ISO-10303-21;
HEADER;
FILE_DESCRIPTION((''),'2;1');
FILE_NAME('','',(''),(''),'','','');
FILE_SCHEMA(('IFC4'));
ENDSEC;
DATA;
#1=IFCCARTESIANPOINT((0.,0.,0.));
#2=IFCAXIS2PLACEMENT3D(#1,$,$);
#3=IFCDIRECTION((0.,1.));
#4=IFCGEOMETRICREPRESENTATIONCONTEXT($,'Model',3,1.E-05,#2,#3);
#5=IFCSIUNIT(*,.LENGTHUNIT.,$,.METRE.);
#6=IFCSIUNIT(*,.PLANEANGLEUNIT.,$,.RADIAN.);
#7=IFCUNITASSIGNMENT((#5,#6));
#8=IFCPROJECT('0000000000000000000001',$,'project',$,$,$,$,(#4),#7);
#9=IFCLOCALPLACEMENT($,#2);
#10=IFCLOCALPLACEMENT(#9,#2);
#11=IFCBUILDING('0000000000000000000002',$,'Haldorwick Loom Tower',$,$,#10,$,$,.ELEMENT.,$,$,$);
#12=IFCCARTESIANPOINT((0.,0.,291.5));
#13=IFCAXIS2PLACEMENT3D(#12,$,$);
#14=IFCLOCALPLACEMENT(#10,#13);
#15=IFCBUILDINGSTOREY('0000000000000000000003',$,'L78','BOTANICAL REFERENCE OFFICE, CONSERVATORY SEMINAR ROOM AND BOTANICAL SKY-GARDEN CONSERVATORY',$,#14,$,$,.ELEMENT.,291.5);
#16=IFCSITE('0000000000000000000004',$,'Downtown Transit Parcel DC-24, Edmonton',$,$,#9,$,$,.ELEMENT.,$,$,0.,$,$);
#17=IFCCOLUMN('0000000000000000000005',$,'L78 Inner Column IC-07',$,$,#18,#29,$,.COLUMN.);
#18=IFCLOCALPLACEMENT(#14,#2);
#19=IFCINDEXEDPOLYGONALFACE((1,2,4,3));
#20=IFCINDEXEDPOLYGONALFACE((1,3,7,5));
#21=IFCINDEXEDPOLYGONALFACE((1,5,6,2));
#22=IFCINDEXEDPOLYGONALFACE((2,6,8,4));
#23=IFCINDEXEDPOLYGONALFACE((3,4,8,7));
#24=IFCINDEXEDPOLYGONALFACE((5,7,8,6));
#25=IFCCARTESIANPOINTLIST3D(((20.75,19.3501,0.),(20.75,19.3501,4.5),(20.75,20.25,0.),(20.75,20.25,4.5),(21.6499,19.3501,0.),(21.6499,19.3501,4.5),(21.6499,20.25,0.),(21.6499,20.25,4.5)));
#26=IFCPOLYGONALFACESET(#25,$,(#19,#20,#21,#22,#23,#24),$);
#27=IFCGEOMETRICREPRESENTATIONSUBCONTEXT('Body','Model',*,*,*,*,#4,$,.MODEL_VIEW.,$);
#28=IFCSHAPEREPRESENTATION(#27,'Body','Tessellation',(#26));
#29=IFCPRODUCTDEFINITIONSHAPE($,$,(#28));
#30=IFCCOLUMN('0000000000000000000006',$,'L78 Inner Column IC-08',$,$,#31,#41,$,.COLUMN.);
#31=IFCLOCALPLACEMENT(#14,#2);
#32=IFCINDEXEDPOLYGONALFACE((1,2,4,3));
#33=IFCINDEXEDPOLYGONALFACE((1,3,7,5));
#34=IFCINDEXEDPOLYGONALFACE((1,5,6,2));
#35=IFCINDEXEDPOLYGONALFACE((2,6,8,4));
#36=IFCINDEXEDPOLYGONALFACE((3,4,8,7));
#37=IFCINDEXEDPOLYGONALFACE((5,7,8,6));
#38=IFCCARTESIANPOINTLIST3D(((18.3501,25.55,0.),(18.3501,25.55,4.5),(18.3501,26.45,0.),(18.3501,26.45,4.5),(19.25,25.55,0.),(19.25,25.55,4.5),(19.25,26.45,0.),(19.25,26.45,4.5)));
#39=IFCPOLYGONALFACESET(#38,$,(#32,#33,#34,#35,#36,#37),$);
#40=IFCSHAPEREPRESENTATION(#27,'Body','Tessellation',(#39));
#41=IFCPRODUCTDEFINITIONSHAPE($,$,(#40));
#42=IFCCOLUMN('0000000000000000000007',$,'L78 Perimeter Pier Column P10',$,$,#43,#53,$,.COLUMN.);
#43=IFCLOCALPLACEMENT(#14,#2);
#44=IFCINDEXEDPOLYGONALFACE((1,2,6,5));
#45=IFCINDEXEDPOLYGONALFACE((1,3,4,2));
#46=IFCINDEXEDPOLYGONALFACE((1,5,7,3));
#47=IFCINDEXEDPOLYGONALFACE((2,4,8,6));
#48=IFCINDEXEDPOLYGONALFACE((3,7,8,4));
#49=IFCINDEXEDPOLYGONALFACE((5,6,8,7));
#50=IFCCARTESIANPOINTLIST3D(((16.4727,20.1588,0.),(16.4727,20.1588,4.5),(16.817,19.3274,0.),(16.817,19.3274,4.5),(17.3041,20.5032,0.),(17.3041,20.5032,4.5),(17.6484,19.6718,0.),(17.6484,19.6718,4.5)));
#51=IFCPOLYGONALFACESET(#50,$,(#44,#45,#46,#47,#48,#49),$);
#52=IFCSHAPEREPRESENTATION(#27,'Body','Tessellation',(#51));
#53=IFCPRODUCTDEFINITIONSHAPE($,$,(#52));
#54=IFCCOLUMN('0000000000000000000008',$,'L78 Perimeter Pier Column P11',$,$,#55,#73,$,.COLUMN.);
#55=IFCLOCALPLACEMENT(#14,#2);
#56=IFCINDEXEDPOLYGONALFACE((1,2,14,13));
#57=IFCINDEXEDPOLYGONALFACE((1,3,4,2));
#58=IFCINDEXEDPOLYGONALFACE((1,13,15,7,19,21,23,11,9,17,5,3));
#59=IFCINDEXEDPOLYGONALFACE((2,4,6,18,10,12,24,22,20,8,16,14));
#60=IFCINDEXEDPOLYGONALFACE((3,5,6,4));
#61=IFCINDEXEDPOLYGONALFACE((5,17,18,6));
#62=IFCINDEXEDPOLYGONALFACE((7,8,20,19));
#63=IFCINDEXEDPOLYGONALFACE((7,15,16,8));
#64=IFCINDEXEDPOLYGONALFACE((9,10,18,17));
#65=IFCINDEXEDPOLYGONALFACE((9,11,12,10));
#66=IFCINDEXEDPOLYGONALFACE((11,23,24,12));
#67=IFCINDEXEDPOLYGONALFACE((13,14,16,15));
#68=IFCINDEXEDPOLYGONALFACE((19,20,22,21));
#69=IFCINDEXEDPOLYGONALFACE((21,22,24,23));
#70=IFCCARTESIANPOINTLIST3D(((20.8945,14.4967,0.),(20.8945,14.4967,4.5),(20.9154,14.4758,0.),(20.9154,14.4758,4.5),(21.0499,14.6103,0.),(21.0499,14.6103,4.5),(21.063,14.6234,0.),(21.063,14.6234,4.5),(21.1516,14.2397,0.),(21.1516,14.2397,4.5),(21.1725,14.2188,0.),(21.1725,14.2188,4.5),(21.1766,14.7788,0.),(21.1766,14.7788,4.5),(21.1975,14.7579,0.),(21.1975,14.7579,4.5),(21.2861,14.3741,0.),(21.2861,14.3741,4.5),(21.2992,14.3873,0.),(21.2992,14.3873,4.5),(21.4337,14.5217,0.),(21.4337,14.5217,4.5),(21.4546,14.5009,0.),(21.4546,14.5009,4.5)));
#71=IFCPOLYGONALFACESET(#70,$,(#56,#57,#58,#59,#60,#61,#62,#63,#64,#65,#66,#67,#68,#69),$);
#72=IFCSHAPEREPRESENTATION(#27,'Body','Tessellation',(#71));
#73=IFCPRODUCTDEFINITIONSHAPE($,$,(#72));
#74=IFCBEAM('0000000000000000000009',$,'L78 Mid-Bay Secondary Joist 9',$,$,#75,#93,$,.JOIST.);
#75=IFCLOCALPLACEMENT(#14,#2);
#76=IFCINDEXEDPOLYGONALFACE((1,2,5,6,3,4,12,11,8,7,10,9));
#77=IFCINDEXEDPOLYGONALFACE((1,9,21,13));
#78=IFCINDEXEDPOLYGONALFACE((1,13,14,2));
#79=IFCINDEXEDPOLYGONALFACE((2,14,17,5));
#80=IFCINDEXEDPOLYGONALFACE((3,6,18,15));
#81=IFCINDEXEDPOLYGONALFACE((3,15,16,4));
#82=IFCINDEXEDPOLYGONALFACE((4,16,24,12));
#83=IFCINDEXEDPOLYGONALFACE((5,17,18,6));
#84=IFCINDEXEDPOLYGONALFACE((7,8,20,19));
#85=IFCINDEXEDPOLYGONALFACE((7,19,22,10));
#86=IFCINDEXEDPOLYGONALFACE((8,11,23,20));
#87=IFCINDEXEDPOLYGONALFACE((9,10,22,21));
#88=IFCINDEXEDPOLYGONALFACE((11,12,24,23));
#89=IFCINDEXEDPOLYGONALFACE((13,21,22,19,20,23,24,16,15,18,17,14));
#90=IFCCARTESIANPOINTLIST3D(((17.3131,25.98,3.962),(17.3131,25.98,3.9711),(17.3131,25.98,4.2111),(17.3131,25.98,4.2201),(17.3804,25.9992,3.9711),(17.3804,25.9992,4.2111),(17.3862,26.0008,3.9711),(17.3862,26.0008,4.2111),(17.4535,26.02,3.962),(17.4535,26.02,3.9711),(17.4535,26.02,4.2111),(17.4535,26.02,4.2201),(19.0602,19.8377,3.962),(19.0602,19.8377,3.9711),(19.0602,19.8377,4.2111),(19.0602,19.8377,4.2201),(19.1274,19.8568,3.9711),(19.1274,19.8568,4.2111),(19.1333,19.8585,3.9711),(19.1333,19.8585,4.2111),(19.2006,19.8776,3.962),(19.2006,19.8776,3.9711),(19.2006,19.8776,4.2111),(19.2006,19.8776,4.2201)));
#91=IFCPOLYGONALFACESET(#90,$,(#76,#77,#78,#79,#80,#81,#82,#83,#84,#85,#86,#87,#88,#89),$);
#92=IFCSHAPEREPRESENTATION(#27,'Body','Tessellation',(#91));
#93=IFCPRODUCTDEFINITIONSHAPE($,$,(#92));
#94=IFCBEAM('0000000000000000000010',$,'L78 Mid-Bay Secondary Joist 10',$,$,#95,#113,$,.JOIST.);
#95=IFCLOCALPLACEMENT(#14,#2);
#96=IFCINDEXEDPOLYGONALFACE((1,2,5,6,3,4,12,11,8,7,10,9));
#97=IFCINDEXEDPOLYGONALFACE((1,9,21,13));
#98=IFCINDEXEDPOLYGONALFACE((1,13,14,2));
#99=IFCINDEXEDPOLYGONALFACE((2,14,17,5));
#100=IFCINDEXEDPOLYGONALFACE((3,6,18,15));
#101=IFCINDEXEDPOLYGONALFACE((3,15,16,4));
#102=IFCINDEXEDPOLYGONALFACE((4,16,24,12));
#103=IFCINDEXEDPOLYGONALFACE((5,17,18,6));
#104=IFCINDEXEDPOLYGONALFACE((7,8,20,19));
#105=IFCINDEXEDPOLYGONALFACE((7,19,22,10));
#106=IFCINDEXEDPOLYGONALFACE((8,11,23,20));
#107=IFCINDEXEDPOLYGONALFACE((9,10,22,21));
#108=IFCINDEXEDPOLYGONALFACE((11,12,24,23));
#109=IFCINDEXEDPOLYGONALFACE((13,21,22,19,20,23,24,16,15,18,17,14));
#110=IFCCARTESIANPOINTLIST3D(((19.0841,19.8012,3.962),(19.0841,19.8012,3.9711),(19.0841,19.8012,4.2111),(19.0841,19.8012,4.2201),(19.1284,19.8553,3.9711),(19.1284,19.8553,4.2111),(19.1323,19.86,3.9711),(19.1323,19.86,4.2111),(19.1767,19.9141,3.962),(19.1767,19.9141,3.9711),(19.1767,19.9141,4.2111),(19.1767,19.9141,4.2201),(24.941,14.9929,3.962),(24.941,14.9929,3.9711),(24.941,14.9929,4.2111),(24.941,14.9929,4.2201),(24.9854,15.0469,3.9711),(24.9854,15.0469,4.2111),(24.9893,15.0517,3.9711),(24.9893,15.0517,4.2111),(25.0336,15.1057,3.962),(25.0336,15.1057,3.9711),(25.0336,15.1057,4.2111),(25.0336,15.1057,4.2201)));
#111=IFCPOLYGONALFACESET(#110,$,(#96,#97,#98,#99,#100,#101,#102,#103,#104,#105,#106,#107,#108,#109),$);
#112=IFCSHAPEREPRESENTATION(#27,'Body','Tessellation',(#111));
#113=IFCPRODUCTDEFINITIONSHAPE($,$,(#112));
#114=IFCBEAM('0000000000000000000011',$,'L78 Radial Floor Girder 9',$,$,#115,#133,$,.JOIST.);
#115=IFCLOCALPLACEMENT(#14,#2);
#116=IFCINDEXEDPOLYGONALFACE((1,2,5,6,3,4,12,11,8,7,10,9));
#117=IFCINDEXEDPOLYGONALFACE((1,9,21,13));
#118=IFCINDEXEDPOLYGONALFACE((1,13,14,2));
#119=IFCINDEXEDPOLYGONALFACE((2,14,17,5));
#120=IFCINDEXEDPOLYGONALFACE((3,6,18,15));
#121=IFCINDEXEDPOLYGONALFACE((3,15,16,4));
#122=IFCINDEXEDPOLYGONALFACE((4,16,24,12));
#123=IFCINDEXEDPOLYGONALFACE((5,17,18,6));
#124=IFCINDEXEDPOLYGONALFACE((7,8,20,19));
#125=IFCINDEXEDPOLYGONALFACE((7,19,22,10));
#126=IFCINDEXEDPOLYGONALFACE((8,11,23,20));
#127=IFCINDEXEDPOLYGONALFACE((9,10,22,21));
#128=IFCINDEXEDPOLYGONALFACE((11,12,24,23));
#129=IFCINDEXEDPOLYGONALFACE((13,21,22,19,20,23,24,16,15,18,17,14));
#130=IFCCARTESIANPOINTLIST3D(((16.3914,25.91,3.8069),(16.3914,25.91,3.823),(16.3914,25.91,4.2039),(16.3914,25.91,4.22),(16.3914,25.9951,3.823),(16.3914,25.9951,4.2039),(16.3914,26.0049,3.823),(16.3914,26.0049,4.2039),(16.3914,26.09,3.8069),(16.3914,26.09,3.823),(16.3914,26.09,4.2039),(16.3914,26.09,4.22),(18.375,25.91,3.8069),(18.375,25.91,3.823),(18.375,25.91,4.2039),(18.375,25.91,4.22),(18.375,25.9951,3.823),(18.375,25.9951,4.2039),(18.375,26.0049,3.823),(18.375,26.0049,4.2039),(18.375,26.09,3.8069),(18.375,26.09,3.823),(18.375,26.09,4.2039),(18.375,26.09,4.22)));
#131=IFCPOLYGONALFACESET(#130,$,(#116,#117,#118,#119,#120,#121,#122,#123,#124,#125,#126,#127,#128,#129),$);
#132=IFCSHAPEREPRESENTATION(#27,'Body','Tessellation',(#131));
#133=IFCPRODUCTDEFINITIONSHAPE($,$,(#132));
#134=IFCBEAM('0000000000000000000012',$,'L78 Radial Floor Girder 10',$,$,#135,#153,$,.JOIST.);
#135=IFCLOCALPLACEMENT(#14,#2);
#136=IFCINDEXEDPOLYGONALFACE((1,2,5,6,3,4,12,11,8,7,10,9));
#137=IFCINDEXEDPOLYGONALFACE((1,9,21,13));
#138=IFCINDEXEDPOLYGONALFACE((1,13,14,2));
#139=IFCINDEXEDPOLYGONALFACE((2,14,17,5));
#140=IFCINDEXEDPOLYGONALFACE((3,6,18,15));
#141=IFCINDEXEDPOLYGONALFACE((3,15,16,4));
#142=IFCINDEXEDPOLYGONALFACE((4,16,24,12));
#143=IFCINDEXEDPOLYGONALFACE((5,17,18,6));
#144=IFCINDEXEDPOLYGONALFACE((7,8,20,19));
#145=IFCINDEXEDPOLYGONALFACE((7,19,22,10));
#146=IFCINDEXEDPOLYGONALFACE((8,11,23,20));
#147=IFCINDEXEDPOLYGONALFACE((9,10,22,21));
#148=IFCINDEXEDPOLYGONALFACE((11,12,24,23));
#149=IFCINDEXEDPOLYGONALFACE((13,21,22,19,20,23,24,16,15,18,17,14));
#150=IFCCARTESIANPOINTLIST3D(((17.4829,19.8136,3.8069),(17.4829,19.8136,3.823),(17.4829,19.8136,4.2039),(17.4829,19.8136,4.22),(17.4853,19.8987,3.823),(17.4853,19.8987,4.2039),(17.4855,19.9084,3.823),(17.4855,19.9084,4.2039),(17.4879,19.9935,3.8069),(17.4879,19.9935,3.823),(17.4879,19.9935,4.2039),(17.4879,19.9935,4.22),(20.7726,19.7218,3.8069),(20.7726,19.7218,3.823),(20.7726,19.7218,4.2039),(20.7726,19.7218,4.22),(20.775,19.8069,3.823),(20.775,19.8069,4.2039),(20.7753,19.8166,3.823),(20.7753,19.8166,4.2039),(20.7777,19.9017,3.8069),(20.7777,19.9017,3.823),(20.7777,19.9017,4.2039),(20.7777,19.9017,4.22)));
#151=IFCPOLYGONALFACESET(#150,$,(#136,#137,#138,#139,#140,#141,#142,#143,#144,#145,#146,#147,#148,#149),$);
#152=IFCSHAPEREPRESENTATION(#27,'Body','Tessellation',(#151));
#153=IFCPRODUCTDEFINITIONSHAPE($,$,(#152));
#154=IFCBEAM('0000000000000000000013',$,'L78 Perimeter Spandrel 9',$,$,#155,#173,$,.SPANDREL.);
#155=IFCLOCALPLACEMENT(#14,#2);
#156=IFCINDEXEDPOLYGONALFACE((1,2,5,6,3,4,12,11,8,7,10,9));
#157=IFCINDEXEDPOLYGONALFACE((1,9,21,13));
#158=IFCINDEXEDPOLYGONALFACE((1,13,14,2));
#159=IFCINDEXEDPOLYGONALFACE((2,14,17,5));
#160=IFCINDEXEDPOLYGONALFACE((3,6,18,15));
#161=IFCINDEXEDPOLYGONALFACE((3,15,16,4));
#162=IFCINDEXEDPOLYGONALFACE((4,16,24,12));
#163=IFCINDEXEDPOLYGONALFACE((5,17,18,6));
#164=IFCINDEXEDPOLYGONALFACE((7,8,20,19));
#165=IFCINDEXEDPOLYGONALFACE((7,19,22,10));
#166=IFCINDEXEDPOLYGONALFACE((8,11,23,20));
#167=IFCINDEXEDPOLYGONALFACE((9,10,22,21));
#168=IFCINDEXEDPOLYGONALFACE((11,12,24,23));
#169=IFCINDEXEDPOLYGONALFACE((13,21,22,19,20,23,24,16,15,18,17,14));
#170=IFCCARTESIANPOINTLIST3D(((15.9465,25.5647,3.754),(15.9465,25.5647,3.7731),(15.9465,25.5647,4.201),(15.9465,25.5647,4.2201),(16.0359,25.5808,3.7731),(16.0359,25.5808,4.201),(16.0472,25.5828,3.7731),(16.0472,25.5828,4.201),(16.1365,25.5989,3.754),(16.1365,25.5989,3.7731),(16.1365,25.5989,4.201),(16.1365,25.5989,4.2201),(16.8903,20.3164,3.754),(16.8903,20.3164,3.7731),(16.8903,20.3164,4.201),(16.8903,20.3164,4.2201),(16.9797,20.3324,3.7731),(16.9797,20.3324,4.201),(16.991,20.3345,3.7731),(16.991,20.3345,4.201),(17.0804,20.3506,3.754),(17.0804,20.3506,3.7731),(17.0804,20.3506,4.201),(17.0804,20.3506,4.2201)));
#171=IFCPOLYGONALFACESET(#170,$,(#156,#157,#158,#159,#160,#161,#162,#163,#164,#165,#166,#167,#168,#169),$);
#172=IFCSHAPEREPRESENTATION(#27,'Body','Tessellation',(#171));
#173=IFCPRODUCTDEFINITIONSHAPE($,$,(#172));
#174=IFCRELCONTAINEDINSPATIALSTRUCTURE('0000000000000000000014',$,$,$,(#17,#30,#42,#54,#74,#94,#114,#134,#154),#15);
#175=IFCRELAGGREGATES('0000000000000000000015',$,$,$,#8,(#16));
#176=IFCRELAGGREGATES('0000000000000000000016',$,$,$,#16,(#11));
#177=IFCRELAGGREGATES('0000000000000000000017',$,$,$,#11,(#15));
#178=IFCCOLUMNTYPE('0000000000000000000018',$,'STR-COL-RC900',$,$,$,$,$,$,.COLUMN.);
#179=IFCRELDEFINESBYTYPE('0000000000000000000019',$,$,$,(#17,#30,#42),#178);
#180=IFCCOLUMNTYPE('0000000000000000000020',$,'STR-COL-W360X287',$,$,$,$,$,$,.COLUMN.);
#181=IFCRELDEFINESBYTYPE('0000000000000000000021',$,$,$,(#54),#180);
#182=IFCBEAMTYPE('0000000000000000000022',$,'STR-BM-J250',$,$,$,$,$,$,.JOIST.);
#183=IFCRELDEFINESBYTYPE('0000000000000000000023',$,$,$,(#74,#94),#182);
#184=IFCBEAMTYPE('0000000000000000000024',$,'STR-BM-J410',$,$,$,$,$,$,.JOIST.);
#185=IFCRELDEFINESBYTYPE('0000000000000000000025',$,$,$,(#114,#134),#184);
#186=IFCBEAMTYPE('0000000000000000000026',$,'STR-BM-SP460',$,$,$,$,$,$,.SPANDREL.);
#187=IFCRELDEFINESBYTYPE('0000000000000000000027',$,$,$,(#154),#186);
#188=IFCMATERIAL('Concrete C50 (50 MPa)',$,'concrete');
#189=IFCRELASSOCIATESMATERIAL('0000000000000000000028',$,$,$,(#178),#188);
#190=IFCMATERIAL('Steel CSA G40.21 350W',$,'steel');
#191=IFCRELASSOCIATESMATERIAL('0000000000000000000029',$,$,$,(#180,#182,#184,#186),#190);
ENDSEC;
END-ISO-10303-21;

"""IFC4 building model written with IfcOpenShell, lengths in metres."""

from ifc_helpers import new_model, si_unit, direction, frame, origin, origin_2d, place, context, subcontext, project, spatial, rectangle, i_section, extrude, material, material_profile, profile_set, type_object, element, save


model = new_model("IFC4")

# Units and contexts
model_context = context("Model", 3, precision=1e-05, world=origin(), true_north=direction((0.0, 1.0)))
body_context = subcontext(model_context, "Body", "Model", "MODEL_VIEW")
ifc_project = project(units=[si_unit("LENGTHUNIT", "METRE"), si_unit("PLANEANGLEUNIT", "RADIAN")], contexts=[model_context])

# Site, building, storey
site_placement = place(None, origin())
site = spatial("IfcSite", under=ifc_project, at=site_placement, Name="Downtown Transit Parcel DC-24, Edmonton", CompositionType="ELEMENT", RefElevation=0.0)
building_placement = place(site_placement, origin())
building = spatial("IfcBuilding", under=site, at=building_placement, Name="Haldorwick Loom Tower", CompositionType="ELEMENT")
storey_placement = place(building_placement, frame((0.0, 0.0, 291.5)))
storey = spatial("IfcBuildingStorey", under=building, at=storey_placement, Name="L78", Description="BOTANICAL REFERENCE OFFICE, CONSERVATORY SEMINAR ROOM AND BOTANICAL SKY-GARDEN CONSERVATORY", CompositionType="ELEMENT", Elevation=291.5)

# Columns
ifc_material_1 = material(Name="Concrete C50 (50 MPa)", Category="concrete")
ifc_material_profile_1 = material_profile(ifc_material_1, rectangle(XDim=0.8999, YDim=0.8999, at=origin_2d()), Name="RC900X900", Category="concrete")
ifc_profile_set_1 = profile_set([ifc_material_profile_1], Name="Concrete C50 (50 MPa)")
column_type_1 = type_object("IfcColumnType", Name="STR-COL-RC900", PredefinedType="COLUMN", material=ifc_profile_set_1)
for number, where, z_axis, x_axis, name in (
    (1, (21.2, 19.8, 0.0), (0.0, 0.0, 1.0), (1.0, 0.0, 0.0), "L78 Inner Column IC-07"),
    (2, (18.8, 26.0, 0.0), (0.0, 0.0, 1.0), (1.0, 0.0, 0.0), "L78 Inner Column IC-08"),
    (3, (17.0605, 19.9153, 0.0), (0.0, 0.0, 1.0), (-0.92388, -0.382683, 0.0), "L78 Perimeter Pier Column P10"),
):
    element("IfcColumn", number, at=place(storey_placement, frame(where, z_axis=z_axis, x_axis=x_axis)), inside=storey, type_object=column_type_1, Name=name, PredefinedType="COLUMN", context=body_context, shape_type="SweptSolid", body=[
        extrude(rectangle(XDim=0.8999, YDim=0.8999, at=origin_2d()), origin(), (0.0, 0.0, 1.0), 4.5),
    ])
ifc_material_2 = material(Name="Steel CSA G40.21 350W", Category="steel")
ifc_material_profile_2 = material_profile(ifc_material_2, i_section(OverallWidth=0.3989, OverallDepth=0.3931, WebThickness=0.0186, FlangeThickness=0.0295, at=origin_2d()), Name="W360X287", Category="steel")
ifc_profile_set_2 = profile_set([ifc_material_profile_2], Name="Steel CSA G40.21 350W")
column_type_2 = type_object("IfcColumnType", Name="STR-COL-W360X287", PredefinedType="COLUMN", material=ifc_profile_set_2)
column_placement = place(storey_placement, frame((21.1746, 14.4988, 0.0), z_axis=(0.0, 0.0, 1.0), x_axis=(-0.707107, -0.707107, 0.0)))
element("IfcColumn", 4, at=column_placement, inside=storey, type_object=column_type_2, Name="L78 Perimeter Pier Column P11", PredefinedType="COLUMN", context=body_context, shape_type="SweptSolid", body=[
    extrude(i_section(OverallWidth=0.3989, OverallDepth=0.3931, WebThickness=0.0186, FlangeThickness=0.0295, at=origin_2d()), origin(), (0.0, 0.0, 1.0), 4.5),
])

# Beams
ifc_material_profile_3 = material_profile(ifc_material_2, i_section(OverallWidth=0.146, OverallDepth=0.2581, WebThickness=0.0061, FlangeThickness=0.009, at=origin_2d()), Name="W250X33", Category="steel")
ifc_profile_set_3 = profile_set([ifc_material_profile_3], Name="Steel CSA G40.21 350W")
beam_type_1 = type_object("IfcBeamType", Name="STR-BM-J250", PredefinedType="JOIST", material=ifc_profile_set_3)
beam_1_placement = place(storey_placement, frame((17.3833, 26.0, 4.0911), z_axis=(0.27358, -0.961849, 0.0), x_axis=(0.961849, 0.27358, 0.0)))
element("IfcBeam", 5, at=beam_1_placement, inside=storey, type_object=beam_type_1, Name="L78 Mid-Bay Secondary Joist 9", PredefinedType="JOIST", context=body_context, shape_type="SweptSolid", body=[
    extrude(i_section(OverallWidth=0.146, OverallDepth=0.2581, WebThickness=0.0061, FlangeThickness=0.009, at=origin_2d()), origin(), (0.0, 0.0, 1.0), 6.386),
])
beam_2_placement = place(storey_placement, frame((19.1304, 19.8577, 4.0911), z_axis=(0.772901, -0.634526, 0.0), x_axis=(0.634526, 0.772901, 0.0)))
element("IfcBeam", 6, at=beam_2_placement, inside=storey, type_object=beam_type_1, Name="L78 Mid-Bay Secondary Joist 10", PredefinedType="JOIST", context=body_context, shape_type="SweptSolid", body=[
    extrude(i_section(OverallWidth=0.146, OverallDepth=0.2581, WebThickness=0.0061, FlangeThickness=0.009, at=origin_2d()), origin(), (0.0, 0.0, 1.0), 7.5779),
])
ifc_material_profile_4 = material_profile(ifc_material_2, i_section(OverallWidth=0.1799, OverallDepth=0.4131, WebThickness=0.0098, FlangeThickness=0.0161, at=origin_2d()), Name="W410X74", Category="steel")
ifc_profile_set_4 = profile_set([ifc_material_profile_4], Name="Steel CSA G40.21 350W")
beam_type_2 = type_object("IfcBeamType", Name="STR-BM-J410", PredefinedType="JOIST", material=ifc_profile_set_4)
beam_3_placement = place(storey_placement, frame((18.375, 26.0, 4.0134), z_axis=(-1.0, 0.0, 0.0), x_axis=(0.0, -1.0, 0.0)))
element("IfcBeam", 7, at=beam_3_placement, inside=storey, type_object=beam_type_2, Name="L78 Radial Floor Girder 9", PredefinedType="JOIST", context=body_context, shape_type="SweptSolid", body=[
    extrude(i_section(OverallWidth=0.1799, OverallDepth=0.4131, WebThickness=0.0098, FlangeThickness=0.0161, at=origin_2d()), origin(), (0.0, 0.0, 1.0), 1.9836),
])
beam_4_placement = place(storey_placement, frame((20.7751, 19.8118, 4.0134), z_axis=(-0.999611, 0.027893, 0.0), x_axis=(-0.027893, -0.999611, 0.0)))
element("IfcBeam", 8, at=beam_4_placement, inside=storey, type_object=beam_type_2, Name="L78 Radial Floor Girder 10", PredefinedType="JOIST", context=body_context, shape_type="SweptSolid", body=[
    extrude(i_section(OverallWidth=0.1799, OverallDepth=0.4131, WebThickness=0.0098, FlangeThickness=0.0161, at=origin_2d()), origin(), (0.0, 0.0, 1.0), 3.291),
])
ifc_material_profile_5 = material_profile(ifc_material_2, i_section(OverallWidth=0.1931, OverallDepth=0.4661, WebThickness=0.0115, FlangeThickness=0.019, at=origin_2d()), Name="W460X97", Category="steel")
ifc_profile_set_5 = profile_set([ifc_material_profile_5], Name="Steel CSA G40.21 350W")
beam_type_3 = type_object("IfcBeamType", Name="STR-BM-SP460", PredefinedType="SPANDREL", material=ifc_profile_set_5)
beam_5_placement = place(storey_placement, frame((16.0415, 25.5818, 3.9871), z_axis=(0.177, -0.984211, 0.0), x_axis=(0.984211, 0.177, 0.0)))
element("IfcBeam", 9, at=beam_5_placement, inside=storey, type_object=beam_type_3, Name="L78 Perimeter Spandrel 9", PredefinedType="SPANDREL", context=body_context, shape_type="SweptSolid", body=[
    extrude(i_section(OverallWidth=0.1931, OverallDepth=0.4661, WebThickness=0.0115, FlangeThickness=0.019, at=origin_2d()), origin(), (0.0, 0.0, 1.0), 5.3325),
])

save(model, "model.ifc")
